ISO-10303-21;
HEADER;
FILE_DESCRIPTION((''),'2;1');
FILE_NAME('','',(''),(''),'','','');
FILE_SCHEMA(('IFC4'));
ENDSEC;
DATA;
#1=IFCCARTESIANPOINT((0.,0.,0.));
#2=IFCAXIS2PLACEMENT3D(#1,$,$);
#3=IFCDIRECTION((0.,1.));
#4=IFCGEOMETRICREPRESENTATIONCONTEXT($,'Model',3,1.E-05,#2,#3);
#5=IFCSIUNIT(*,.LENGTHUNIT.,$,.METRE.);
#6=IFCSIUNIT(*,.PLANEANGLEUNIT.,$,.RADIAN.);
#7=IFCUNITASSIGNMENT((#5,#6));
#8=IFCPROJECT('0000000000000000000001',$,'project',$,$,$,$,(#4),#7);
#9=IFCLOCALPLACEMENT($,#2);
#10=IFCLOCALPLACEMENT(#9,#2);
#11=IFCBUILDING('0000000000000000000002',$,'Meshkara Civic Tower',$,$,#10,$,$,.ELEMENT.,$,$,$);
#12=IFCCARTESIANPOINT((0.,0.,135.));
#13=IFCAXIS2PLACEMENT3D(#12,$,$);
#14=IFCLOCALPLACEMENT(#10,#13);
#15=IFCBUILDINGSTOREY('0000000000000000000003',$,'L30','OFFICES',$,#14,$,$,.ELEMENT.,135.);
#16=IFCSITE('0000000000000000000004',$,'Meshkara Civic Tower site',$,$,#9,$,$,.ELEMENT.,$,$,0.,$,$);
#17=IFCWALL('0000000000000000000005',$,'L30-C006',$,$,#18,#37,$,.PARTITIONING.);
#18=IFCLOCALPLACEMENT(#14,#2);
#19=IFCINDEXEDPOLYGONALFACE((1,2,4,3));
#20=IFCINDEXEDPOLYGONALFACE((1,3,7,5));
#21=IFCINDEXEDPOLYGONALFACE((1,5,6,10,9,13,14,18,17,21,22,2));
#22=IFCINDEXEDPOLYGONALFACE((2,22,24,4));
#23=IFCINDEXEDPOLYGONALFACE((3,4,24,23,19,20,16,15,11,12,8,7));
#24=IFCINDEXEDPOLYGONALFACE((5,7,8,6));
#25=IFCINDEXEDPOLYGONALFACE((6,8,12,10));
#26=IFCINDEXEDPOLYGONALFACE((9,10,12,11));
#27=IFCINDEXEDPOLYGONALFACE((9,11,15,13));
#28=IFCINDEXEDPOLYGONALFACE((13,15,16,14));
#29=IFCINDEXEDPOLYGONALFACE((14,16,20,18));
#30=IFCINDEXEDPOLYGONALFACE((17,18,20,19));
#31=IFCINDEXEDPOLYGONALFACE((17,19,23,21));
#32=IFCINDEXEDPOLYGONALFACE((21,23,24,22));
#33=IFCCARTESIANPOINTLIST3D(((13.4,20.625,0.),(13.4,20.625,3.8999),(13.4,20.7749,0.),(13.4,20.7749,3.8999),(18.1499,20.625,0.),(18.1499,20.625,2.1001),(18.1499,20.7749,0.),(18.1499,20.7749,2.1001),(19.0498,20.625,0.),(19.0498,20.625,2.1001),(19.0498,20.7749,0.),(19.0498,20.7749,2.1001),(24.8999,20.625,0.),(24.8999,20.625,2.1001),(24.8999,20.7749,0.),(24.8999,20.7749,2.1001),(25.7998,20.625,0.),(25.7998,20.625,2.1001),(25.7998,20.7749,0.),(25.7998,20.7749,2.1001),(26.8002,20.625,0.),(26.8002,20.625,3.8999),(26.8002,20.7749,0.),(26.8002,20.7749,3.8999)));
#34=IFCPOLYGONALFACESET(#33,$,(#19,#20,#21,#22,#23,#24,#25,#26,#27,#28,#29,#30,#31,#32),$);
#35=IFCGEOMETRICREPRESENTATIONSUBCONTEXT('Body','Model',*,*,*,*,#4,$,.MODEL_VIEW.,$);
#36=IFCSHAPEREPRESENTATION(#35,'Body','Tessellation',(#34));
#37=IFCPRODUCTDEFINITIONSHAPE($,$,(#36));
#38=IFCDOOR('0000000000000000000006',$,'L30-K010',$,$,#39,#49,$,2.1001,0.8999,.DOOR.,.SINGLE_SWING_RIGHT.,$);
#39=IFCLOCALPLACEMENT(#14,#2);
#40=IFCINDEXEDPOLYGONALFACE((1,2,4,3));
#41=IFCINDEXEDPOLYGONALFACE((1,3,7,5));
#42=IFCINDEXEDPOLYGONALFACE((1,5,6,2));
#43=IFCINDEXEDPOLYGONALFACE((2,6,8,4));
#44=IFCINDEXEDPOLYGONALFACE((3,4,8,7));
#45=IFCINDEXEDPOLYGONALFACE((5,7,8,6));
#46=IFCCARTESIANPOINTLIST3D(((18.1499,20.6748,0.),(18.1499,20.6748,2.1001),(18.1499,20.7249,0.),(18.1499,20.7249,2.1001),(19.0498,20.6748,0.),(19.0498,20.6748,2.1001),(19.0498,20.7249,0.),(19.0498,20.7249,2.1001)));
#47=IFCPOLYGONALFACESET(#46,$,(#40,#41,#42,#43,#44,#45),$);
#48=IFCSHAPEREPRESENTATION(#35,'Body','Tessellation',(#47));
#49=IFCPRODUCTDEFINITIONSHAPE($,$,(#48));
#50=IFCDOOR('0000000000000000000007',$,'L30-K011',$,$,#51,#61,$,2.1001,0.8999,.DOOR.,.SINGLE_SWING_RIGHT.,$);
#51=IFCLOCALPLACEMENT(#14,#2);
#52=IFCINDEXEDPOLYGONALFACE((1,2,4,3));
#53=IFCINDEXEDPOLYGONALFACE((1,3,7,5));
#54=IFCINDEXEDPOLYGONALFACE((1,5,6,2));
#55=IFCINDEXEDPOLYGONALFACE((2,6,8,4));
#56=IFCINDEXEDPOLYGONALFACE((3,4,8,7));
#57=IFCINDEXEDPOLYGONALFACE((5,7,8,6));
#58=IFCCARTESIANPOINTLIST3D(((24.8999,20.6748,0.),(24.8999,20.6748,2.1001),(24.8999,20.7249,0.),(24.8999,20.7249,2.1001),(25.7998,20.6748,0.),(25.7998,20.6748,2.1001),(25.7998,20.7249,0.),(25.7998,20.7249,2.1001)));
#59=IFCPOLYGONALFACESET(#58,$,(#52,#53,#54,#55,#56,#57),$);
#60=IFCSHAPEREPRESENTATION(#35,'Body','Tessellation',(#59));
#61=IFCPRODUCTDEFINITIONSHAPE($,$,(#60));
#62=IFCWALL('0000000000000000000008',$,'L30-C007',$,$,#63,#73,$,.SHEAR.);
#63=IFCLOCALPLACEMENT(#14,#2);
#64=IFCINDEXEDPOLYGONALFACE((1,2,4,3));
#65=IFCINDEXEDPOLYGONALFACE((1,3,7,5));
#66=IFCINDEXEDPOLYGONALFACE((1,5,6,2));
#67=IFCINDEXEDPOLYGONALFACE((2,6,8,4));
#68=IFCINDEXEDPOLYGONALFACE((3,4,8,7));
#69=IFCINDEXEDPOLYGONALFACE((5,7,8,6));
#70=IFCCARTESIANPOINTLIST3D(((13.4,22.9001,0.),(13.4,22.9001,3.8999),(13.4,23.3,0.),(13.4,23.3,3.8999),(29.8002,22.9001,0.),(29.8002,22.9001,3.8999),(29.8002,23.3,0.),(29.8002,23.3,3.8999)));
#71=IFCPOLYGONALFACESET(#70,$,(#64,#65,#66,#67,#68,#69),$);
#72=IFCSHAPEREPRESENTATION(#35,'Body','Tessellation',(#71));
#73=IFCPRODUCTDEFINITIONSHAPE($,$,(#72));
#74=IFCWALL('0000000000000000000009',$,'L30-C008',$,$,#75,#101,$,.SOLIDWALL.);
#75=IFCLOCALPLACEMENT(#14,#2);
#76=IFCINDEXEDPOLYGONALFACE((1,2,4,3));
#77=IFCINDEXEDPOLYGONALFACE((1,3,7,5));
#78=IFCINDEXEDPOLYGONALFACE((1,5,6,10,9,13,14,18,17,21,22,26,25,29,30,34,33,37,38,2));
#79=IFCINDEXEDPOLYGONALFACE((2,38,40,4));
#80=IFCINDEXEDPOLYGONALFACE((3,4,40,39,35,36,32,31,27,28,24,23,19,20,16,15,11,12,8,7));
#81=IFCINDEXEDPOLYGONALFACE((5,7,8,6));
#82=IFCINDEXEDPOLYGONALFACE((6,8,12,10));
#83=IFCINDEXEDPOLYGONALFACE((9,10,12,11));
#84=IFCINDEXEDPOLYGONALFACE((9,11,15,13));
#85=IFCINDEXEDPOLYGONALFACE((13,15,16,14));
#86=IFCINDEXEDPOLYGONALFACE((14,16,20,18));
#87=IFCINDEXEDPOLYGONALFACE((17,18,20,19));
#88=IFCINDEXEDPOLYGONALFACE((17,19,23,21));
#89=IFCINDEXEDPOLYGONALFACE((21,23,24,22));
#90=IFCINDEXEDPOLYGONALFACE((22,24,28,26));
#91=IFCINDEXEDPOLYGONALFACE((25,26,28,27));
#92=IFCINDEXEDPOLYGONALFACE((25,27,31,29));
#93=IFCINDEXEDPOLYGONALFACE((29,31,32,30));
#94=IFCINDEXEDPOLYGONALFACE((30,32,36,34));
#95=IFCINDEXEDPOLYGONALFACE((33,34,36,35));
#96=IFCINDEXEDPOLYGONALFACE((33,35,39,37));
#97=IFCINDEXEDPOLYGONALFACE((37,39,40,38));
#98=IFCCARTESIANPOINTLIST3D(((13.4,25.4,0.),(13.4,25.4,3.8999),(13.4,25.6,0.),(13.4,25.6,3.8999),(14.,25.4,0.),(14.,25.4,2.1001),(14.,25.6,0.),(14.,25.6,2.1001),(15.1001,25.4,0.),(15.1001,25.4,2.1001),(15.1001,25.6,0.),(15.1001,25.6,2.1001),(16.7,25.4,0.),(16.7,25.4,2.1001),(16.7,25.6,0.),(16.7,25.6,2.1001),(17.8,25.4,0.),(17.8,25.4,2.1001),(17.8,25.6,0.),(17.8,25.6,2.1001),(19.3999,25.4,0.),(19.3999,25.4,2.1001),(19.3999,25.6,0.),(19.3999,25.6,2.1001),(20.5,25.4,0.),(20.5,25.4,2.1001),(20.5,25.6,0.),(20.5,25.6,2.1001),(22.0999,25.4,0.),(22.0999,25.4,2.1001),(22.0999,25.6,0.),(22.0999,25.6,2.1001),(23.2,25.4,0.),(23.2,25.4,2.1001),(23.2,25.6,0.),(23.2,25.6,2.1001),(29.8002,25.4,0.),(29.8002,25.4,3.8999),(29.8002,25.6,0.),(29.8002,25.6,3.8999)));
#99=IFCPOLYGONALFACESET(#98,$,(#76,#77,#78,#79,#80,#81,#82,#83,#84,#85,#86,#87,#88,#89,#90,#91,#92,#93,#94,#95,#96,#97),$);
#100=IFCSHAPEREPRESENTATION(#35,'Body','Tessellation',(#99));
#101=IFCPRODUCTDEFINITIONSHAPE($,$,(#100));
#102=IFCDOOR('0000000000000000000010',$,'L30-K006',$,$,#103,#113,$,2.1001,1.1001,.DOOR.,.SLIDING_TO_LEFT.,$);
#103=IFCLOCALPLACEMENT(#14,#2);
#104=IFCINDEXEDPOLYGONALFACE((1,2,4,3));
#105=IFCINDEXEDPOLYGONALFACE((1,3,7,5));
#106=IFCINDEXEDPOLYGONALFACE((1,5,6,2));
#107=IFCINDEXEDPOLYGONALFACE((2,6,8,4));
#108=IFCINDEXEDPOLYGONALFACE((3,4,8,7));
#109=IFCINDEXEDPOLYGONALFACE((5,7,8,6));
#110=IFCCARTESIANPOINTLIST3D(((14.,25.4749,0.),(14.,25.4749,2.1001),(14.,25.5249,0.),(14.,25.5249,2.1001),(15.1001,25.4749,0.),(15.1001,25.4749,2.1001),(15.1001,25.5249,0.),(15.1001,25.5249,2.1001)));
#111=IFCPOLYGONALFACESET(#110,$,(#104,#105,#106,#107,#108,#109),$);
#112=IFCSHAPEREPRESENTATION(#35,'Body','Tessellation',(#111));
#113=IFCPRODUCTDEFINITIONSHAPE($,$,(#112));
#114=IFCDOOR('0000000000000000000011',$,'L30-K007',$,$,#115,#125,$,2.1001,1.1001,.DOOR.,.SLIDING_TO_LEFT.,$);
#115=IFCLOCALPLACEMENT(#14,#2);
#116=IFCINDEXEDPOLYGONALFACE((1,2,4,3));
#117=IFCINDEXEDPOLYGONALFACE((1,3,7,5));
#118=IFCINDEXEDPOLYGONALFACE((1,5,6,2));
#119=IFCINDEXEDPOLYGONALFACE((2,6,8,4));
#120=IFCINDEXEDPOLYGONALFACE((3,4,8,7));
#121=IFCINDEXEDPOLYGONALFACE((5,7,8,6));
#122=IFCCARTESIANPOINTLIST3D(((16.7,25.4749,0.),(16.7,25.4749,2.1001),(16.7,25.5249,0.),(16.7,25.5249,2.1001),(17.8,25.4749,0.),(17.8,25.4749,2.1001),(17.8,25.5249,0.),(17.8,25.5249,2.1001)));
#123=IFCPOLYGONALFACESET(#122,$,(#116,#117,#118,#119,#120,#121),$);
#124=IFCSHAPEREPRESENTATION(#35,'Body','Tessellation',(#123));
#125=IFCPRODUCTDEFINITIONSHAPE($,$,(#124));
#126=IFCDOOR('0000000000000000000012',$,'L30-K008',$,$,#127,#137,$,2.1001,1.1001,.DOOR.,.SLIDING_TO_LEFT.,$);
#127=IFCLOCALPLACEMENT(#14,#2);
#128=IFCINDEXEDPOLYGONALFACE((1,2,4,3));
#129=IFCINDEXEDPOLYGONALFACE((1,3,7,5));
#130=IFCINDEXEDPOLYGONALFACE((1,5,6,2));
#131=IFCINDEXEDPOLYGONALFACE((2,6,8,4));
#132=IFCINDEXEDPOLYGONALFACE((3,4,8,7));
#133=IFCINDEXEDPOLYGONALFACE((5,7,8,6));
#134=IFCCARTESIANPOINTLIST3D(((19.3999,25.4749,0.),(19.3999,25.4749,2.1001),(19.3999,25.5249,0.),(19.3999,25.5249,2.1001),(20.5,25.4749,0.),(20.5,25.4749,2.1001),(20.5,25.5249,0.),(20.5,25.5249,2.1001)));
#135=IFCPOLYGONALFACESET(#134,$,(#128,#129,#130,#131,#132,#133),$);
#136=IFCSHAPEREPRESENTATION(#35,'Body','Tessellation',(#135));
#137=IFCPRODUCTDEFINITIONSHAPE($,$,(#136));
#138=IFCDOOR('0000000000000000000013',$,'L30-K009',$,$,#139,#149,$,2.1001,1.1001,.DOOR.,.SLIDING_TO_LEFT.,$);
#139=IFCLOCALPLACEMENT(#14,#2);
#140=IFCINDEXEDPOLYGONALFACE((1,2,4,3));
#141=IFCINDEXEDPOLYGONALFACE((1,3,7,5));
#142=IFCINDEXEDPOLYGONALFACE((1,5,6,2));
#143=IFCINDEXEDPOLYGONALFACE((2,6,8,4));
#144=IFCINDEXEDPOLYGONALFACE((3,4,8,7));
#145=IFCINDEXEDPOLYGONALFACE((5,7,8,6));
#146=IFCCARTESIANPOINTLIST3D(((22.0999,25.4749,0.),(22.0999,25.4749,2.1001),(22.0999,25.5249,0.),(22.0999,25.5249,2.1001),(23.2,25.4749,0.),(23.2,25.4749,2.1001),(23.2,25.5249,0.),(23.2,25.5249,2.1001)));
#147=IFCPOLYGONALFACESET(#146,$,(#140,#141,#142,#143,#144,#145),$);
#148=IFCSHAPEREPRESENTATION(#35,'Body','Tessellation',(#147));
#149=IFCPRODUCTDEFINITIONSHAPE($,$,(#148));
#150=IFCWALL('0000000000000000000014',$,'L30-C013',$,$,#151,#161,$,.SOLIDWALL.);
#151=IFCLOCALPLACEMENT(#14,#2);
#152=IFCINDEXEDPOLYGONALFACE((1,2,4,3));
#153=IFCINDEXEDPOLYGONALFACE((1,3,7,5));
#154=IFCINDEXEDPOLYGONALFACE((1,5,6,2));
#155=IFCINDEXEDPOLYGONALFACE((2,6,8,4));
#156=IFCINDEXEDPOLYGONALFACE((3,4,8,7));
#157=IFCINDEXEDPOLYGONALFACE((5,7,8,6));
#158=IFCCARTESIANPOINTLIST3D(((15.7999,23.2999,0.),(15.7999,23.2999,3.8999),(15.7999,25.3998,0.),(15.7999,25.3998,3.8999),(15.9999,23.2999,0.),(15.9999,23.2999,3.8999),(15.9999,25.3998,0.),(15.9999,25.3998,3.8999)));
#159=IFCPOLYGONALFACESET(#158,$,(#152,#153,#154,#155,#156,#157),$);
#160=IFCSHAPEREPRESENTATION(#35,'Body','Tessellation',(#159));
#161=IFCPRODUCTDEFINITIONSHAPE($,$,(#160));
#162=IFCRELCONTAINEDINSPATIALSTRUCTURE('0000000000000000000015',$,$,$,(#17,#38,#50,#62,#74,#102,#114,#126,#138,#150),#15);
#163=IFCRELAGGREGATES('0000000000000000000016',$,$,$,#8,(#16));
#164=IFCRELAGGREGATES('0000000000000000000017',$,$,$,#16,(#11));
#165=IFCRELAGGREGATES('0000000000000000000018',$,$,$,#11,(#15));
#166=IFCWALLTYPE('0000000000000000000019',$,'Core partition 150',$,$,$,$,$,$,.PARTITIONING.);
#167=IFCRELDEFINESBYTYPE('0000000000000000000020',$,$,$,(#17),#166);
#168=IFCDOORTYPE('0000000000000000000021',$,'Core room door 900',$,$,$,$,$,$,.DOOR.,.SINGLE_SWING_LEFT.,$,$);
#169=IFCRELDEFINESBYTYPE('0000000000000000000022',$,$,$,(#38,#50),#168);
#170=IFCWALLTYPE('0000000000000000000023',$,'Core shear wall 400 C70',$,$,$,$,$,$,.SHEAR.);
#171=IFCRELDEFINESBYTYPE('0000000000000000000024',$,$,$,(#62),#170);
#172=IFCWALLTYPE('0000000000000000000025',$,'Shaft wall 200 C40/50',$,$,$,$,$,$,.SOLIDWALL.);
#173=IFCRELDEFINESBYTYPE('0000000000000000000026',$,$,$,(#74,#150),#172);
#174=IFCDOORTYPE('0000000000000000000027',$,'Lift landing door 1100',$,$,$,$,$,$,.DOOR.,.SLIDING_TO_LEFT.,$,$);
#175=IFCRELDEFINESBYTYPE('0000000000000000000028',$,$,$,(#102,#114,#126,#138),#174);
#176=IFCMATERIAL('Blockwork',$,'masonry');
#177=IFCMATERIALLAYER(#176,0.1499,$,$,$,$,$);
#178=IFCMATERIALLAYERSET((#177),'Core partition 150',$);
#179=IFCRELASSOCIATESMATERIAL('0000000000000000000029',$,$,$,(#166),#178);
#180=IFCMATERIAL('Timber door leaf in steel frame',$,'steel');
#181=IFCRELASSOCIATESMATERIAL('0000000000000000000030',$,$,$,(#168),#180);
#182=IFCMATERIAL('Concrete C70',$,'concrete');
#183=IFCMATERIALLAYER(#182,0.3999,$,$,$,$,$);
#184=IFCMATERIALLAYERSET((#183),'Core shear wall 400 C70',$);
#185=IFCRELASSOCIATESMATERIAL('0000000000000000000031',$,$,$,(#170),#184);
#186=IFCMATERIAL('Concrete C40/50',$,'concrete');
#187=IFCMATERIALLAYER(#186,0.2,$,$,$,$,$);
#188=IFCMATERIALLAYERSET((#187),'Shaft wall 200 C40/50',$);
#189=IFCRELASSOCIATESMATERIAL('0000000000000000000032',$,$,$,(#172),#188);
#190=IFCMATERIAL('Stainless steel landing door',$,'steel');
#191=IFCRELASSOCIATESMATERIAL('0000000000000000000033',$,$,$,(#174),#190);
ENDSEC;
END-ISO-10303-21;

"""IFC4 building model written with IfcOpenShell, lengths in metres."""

from ifc_helpers import new_model, si_unit, direction, frame, frame_2d, origin, place, context, subcontext, project, spatial, rectangle, extrude, material, layer, layer_set, type_object, element, fill, save


model = new_model("IFC4")

# Units and contexts
model_context = context("Model", 3, precision=1e-05, world=origin(), true_north=direction((0.0, 1.0)))
body_context = subcontext(model_context, "Body", "Model", "MODEL_VIEW")
ifc_project = project(units=[si_unit("LENGTHUNIT", "METRE"), si_unit("PLANEANGLEUNIT", "RADIAN")], contexts=[model_context])

# Site, building, storey
site_placement = place(None, origin())
site = spatial("IfcSite", under=ifc_project, at=site_placement, Name="Meshkara Civic Tower site", CompositionType="ELEMENT", RefElevation=0.0)
building_placement = place(site_placement, origin())
building = spatial("IfcBuilding", under=site, at=building_placement, Name="Meshkara Civic Tower", CompositionType="ELEMENT")
storey_placement = place(building_placement, frame((0.0, 0.0, 135.0)))
storey = spatial("IfcBuildingStorey", under=building, at=storey_placement, Name="L30", Description="OFFICES", CompositionType="ELEMENT", Elevation=135.0)

# Wall, openings, doors
ifc_material_1 = material(Name="Blockwork", Category="masonry")
ifc_layer_1 = layer(ifc_material_1, 0.1499)
ifc_layer_set_1 = layer_set([ifc_layer_1], Name="Core partition 150")
wall_type_1 = type_object("IfcWallType", Name="Core partition 150", PredefinedType="PARTITIONING", material=ifc_layer_set_1)
wall_1_placement = place(storey_placement, frame((13.3999, 20.7, 0.0), z_axis=(0.0, 0.0, 1.0), x_axis=(1.0, 0.0, 0.0)))
wall_1 = element("IfcWall", 1, at=wall_1_placement, inside=storey, type_object=wall_type_1, Name="L30-C006", PredefinedType="PARTITIONING", context=body_context, shape_type="SweptSolid", body=[
    extrude(rectangle(XDim=13.4001, YDim=0.1499, at=frame_2d((6.7002, 0.0))), origin(), (0.0, 0.0, 1.0), 3.8999),
])
opening_1_placement = place(wall_1_placement, frame((4.75, 0.0, 0.0)))
opening_1 = element("IfcOpeningElement", 2, at=opening_1_placement, cuts=wall_1, PredefinedType="OPENING", context=body_context, shape_type="SweptSolid", body=[
    extrude(rectangle(XDim=0.8999, YDim=2.1001, at=frame_2d((0.45, 1.05))), frame((0.0, 0.085, 0.0), z_axis=(0.0, -1.0, 0.0), x_axis=(1.0, 0.0, 0.0)), (0.0, 0.0, 1.0), 0.1699),
])
opening_2_placement = place(wall_1_placement, frame((11.5, 0.0, 0.0)))
opening_2 = element("IfcOpeningElement", 3, at=opening_2_placement, cuts=wall_1, PredefinedType="OPENING", context=body_context, shape_type="SweptSolid", body=[
    extrude(rectangle(XDim=0.8999, YDim=2.1001, at=frame_2d((0.45, 1.05))), frame((0.0, 0.085, 0.0), z_axis=(0.0, -1.0, 0.0), x_axis=(1.0, 0.0, 0.0)), (0.0, 0.0, 1.0), 0.1699),
])
ifc_material_2 = material(Name="Timber door leaf in steel frame", Category="steel")
door_type_1 = type_object("IfcDoorType", Name="Core room door 900", OperationType="SINGLE_SWING_LEFT", PredefinedType="DOOR", material=ifc_material_2)
door_1_placement = place(opening_1_placement, origin())
door_1 = element("IfcDoor", 4, at=door_1_placement, inside=storey, type_object=door_type_1, Name="L30-K010", OperationType="SINGLE_SWING_RIGHT", OverallHeight=2.1001, OverallWidth=0.8999, PredefinedType="DOOR", context=body_context, shape_type="SweptSolid", body=[
    extrude(rectangle(XDim=0.8999, YDim=2.1001, at=frame_2d((0.45, 1.05))), frame((0.0, 0.0249, 0.0), z_axis=(0.0, -1.0, 0.0), x_axis=(1.0, 0.0, 0.0)), (0.0, 0.0, 1.0), 0.05),
])
fill(opening_1, door_1)
door_2_placement = place(opening_2_placement, origin())
door_2 = element("IfcDoor", 5, at=door_2_placement, inside=storey, type_object=door_type_1, Name="L30-K011", OperationType="SINGLE_SWING_RIGHT", OverallHeight=2.1001, OverallWidth=0.8999, PredefinedType="DOOR", context=body_context, shape_type="SweptSolid", body=[
    extrude(rectangle(XDim=0.8999, YDim=2.1001, at=frame_2d((0.45, 1.05))), frame((0.0, 0.0249, 0.0), z_axis=(0.0, -1.0, 0.0), x_axis=(1.0, 0.0, 0.0)), (0.0, 0.0, 1.0), 0.05),
])
fill(opening_2, door_2)

# Wall
ifc_material_3 = material(Name="Concrete C70", Category="concrete")
ifc_layer_2 = layer(ifc_material_3, 0.3999)
ifc_layer_set_2 = layer_set([ifc_layer_2], Name="Core shear wall 400 C70")
wall_type_2 = type_object("IfcWallType", Name="Core shear wall 400 C70", PredefinedType="SHEAR", material=ifc_layer_set_2)
wall_2_placement = place(storey_placement, frame((13.3999, 23.1001, 0.0), z_axis=(0.0, 0.0, 1.0), x_axis=(1.0, 0.0, 0.0)))
element("IfcWall", 6, at=wall_2_placement, inside=storey, type_object=wall_type_2, Name="L30-C007", PredefinedType="SHEAR", context=body_context, shape_type="SweptSolid", body=[
    extrude(rectangle(XDim=16.4001, YDim=0.3999, at=frame_2d((8.2002, 0.0))), origin(), (0.0, 0.0, 1.0), 3.8999),
])

# Wall, openings, doors
ifc_material_4 = material(Name="Concrete C40/50", Category="concrete")
ifc_layer_3 = layer(ifc_material_4, 0.2)
ifc_layer_set_3 = layer_set([ifc_layer_3], Name="Shaft wall 200 C40/50")
wall_type_3 = type_object("IfcWallType", Name="Shaft wall 200 C40/50", PredefinedType="SOLIDWALL", material=ifc_layer_set_3)
wall_3_placement = place(storey_placement, frame((13.3999, 25.5, 0.0), z_axis=(0.0, 0.0, 1.0), x_axis=(1.0, 0.0, 0.0)))
wall_3 = element("IfcWall", 7, at=wall_3_placement, inside=storey, type_object=wall_type_3, Name="L30-C008", PredefinedType="SOLIDWALL", context=body_context, shape_type="SweptSolid", body=[
    extrude(rectangle(XDim=16.4001, YDim=0.2, at=frame_2d((8.2002, 0.0))), origin(), (0.0, 0.0, 1.0), 3.8999),
])
opening_3_placement = place(wall_3_placement, frame((0.6001, 0.0, 0.0)))
opening_3 = element("IfcOpeningElement", 8, at=opening_3_placement, cuts=wall_3, PredefinedType="OPENING", context=body_context, shape_type="SweptSolid", body=[
    extrude(rectangle(XDim=1.1001, YDim=2.1001, at=frame_2d((0.55, 1.05))), frame((0.0, 0.1099, 0.0), z_axis=(0.0, -1.0, 0.0), x_axis=(1.0, 0.0, 0.0)), (0.0, 0.0, 1.0), 0.22),
])
opening_4_placement = place(wall_3_placement, frame((3.3, 0.0, 0.0)))
opening_4 = element("IfcOpeningElement", 9, at=opening_4_placement, cuts=wall_3, PredefinedType="OPENING", context=body_context, shape_type="SweptSolid", body=[
    extrude(rectangle(XDim=1.1001, YDim=2.1001, at=frame_2d((0.55, 1.05))), frame((0.0, 0.1099, 0.0), z_axis=(0.0, -1.0, 0.0), x_axis=(1.0, 0.0, 0.0)), (0.0, 0.0, 1.0), 0.22),
])
opening_5_placement = place(wall_3_placement, frame((6.0, 0.0, 0.0)))
opening_5 = element("IfcOpeningElement", 10, at=opening_5_placement, cuts=wall_3, PredefinedType="OPENING", context=body_context, shape_type="SweptSolid", body=[
    extrude(rectangle(XDim=1.1001, YDim=2.1001, at=frame_2d((0.55, 1.05))), frame((0.0, 0.1099, 0.0), z_axis=(0.0, -1.0, 0.0), x_axis=(1.0, 0.0, 0.0)), (0.0, 0.0, 1.0), 0.22),
])
opening_6_placement = place(wall_3_placement, frame((8.7, 0.0, 0.0)))
opening_6 = element("IfcOpeningElement", 11, at=opening_6_placement, cuts=wall_3, PredefinedType="OPENING", context=body_context, shape_type="SweptSolid", body=[
    extrude(rectangle(XDim=1.1001, YDim=2.1001, at=frame_2d((0.55, 1.05))), frame((0.0, 0.1099, 0.0), z_axis=(0.0, -1.0, 0.0), x_axis=(1.0, 0.0, 0.0)), (0.0, 0.0, 1.0), 0.22),
])
ifc_material_5 = material(Name="Stainless steel landing door", Category="steel")
door_type_2 = type_object("IfcDoorType", Name="Lift landing door 1100", OperationType="SLIDING_TO_LEFT", PredefinedType="DOOR", material=ifc_material_5)
door_3_placement = place(opening_3_placement, origin())
door_3 = element("IfcDoor", 12, at=door_3_placement, inside=storey, type_object=door_type_2, Name="L30-K006", OperationType="SLIDING_TO_LEFT", OverallHeight=2.1001, OverallWidth=1.1001, PredefinedType="DOOR", context=body_context, shape_type="SweptSolid", body=[
    extrude(rectangle(XDim=1.1001, YDim=2.1001, at=frame_2d((0.55, 1.05))), frame((0.0, 0.0249, 0.0), z_axis=(0.0, -1.0, 0.0), x_axis=(1.0, 0.0, 0.0)), (0.0, 0.0, 1.0), 0.05),
])
fill(opening_3, door_3)
door_4_placement = place(opening_4_placement, origin())
door_4 = element("IfcDoor", 13, at=door_4_placement, inside=storey, type_object=door_type_2, Name="L30-K007", OperationType="SLIDING_TO_LEFT", OverallHeight=2.1001, OverallWidth=1.1001, PredefinedType="DOOR", context=body_context, shape_type="SweptSolid", body=[
    extrude(rectangle(XDim=1.1001, YDim=2.1001, at=frame_2d((0.55, 1.05))), frame((0.0, 0.0249, 0.0), z_axis=(0.0, -1.0, 0.0), x_axis=(1.0, 0.0, 0.0)), (0.0, 0.0, 1.0), 0.05),
])
fill(opening_4, door_4)
door_5_placement = place(opening_5_placement, origin())
door_5 = element("IfcDoor", 14, at=door_5_placement, inside=storey, type_object=door_type_2, Name="L30-K008", OperationType="SLIDING_TO_LEFT", OverallHeight=2.1001, OverallWidth=1.1001, PredefinedType="DOOR", context=body_context, shape_type="SweptSolid", body=[
    extrude(rectangle(XDim=1.1001, YDim=2.1001, at=frame_2d((0.55, 1.05))), frame((0.0, 0.0249, 0.0), z_axis=(0.0, -1.0, 0.0), x_axis=(1.0, 0.0, 0.0)), (0.0, 0.0, 1.0), 0.05),
])
fill(opening_5, door_5)
door_6_placement = place(opening_6_placement, origin())
door_6 = element("IfcDoor", 15, at=door_6_placement, inside=storey, type_object=door_type_2, Name="L30-K009", OperationType="SLIDING_TO_LEFT", OverallHeight=2.1001, OverallWidth=1.1001, PredefinedType="DOOR", context=body_context, shape_type="SweptSolid", body=[
    extrude(rectangle(XDim=1.1001, YDim=2.1001, at=frame_2d((0.55, 1.05))), frame((0.0, 0.0249, 0.0), z_axis=(0.0, -1.0, 0.0), x_axis=(1.0, 0.0, 0.0)), (0.0, 0.0, 1.0), 0.05),
])
fill(opening_6, door_6)

# Wall
wall_4_placement = place(storey_placement, frame((15.8999, 23.3, 0.0), z_axis=(0.0, 0.0, 1.0), x_axis=(0.0, 1.0, 0.0)))
element("IfcWall", 16, at=wall_4_placement, inside=storey, type_object=wall_type_3, Name="L30-C013", PredefinedType="SOLIDWALL", context=body_context, shape_type="SweptSolid", body=[
    extrude(rectangle(XDim=2.0999, YDim=0.2, at=frame_2d((1.0498, 0.0))), origin(), (0.0, 0.0, 1.0), 3.8999),
])

save(model, "model.ifc")
